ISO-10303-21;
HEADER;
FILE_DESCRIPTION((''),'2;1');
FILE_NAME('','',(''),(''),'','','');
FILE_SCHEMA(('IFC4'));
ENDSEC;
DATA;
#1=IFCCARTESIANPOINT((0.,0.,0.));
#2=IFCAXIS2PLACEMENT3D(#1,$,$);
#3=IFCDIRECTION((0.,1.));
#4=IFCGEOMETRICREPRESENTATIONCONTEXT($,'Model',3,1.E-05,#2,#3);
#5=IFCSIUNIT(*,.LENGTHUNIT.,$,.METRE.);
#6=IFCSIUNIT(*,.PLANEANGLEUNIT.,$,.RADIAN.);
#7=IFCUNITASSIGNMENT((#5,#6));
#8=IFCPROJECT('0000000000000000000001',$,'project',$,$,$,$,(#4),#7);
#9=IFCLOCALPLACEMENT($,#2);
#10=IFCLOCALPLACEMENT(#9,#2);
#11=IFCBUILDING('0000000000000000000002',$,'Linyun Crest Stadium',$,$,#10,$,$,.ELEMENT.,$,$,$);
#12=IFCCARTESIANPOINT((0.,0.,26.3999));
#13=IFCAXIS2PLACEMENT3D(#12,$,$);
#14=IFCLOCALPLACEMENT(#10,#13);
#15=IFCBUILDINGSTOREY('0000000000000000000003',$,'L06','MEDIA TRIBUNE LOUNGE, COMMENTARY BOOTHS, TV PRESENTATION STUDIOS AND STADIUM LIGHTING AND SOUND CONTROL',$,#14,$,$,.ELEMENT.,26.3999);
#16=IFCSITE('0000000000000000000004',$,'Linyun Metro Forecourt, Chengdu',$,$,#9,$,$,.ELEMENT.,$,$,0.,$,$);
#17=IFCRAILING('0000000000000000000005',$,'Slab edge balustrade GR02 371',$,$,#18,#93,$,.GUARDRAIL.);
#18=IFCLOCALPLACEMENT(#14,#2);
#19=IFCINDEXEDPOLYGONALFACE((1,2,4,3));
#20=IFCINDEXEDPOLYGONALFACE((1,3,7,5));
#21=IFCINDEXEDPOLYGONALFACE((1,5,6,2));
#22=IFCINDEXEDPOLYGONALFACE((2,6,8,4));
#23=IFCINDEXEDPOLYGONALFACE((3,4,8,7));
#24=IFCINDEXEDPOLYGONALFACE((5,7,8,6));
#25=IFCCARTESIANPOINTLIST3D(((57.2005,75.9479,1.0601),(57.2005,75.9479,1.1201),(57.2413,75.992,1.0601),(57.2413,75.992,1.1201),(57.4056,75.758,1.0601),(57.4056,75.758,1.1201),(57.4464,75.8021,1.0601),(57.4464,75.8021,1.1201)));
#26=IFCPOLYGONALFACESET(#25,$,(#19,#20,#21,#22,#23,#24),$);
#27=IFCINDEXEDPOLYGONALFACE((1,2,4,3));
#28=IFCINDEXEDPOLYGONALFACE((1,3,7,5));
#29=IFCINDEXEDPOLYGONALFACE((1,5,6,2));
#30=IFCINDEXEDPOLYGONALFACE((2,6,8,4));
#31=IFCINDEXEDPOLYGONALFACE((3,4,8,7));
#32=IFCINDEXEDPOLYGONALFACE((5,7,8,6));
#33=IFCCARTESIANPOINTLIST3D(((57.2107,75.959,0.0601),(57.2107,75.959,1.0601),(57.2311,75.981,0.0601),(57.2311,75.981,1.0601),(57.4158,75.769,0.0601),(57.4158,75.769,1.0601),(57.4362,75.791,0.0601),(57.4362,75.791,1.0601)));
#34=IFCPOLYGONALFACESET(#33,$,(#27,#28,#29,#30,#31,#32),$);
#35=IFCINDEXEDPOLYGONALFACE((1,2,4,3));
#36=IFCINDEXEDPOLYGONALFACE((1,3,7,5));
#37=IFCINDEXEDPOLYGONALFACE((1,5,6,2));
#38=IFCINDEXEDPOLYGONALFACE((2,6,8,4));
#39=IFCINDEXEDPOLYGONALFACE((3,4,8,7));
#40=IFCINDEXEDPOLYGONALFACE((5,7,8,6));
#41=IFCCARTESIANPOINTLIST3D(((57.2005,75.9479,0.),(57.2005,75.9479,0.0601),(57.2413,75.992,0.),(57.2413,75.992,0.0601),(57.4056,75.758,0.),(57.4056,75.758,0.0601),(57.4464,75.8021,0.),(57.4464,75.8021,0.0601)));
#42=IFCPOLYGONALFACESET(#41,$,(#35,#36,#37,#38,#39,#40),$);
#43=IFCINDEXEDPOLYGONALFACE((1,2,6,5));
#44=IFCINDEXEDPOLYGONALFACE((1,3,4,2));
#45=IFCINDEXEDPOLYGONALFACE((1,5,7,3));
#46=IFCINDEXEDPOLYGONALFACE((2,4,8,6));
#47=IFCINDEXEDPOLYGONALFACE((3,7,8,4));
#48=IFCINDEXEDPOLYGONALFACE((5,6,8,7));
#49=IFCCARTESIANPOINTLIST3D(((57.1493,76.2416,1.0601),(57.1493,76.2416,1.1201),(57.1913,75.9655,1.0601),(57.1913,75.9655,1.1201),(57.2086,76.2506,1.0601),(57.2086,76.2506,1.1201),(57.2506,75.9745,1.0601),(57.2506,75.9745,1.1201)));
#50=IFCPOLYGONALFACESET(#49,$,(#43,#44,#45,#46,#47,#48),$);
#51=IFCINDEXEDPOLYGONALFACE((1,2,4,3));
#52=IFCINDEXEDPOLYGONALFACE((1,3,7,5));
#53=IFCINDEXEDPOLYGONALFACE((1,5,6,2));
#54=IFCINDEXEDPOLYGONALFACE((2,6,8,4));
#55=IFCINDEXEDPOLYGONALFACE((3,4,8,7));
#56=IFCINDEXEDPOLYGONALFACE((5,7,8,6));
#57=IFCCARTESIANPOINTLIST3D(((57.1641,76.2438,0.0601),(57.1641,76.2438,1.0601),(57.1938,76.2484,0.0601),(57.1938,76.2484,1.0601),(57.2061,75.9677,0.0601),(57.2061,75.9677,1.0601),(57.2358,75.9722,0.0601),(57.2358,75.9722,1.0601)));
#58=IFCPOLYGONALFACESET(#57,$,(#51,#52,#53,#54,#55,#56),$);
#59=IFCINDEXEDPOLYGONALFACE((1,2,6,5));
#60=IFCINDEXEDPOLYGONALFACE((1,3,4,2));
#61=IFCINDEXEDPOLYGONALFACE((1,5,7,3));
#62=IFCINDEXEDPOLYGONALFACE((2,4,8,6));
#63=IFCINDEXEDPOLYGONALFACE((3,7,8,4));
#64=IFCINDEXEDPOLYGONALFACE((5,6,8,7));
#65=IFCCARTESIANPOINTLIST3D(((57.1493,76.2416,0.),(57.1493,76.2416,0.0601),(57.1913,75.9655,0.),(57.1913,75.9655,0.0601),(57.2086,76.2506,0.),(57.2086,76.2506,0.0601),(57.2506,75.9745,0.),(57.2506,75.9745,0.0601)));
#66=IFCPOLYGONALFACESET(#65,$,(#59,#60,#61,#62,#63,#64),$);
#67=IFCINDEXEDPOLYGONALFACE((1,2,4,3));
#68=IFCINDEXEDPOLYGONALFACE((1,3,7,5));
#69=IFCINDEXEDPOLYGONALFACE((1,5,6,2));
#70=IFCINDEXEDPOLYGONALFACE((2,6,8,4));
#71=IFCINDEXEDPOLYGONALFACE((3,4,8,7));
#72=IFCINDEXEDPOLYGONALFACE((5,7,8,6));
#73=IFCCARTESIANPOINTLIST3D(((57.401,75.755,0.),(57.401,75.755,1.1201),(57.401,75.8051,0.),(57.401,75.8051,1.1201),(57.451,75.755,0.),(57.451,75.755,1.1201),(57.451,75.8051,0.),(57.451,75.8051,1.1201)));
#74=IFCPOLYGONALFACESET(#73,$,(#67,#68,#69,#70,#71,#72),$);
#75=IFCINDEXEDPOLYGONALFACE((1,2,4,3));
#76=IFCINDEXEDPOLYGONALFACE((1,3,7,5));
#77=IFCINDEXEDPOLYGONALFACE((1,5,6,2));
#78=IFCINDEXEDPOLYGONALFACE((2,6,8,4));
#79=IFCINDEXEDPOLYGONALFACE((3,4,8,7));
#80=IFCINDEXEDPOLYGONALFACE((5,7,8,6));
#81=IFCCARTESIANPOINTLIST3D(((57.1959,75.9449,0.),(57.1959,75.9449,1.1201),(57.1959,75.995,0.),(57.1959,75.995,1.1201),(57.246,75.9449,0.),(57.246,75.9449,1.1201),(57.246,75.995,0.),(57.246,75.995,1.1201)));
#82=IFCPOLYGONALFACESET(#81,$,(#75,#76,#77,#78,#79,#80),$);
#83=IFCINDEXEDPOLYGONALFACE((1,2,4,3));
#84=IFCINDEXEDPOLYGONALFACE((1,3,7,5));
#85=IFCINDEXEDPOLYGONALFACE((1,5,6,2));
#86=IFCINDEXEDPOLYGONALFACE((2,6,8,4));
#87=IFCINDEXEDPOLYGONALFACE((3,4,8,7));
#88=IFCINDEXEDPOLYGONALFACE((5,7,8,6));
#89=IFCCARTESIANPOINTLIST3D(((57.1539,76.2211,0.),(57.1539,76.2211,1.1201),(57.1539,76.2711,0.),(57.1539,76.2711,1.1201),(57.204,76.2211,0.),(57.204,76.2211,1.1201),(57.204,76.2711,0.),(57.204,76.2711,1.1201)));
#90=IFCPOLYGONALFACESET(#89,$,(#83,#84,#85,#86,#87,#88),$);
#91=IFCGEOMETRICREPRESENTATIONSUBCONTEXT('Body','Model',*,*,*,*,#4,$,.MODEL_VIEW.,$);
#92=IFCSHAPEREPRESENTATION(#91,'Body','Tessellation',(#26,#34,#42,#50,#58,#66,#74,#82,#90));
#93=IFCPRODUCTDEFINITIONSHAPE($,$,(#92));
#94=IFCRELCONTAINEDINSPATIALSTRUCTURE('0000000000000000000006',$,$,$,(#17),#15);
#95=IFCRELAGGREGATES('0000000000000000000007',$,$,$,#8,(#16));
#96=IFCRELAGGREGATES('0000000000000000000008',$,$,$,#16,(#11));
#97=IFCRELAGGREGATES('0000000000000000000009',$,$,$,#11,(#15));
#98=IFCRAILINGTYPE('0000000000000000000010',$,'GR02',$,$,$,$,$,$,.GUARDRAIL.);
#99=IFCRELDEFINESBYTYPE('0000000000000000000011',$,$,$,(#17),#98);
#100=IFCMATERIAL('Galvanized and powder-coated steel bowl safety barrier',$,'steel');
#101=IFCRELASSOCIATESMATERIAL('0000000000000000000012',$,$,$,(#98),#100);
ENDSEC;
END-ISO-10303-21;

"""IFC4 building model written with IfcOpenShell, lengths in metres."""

from ifc_helpers import new_model, si_unit, direction, frame, origin, origin_2d, place, context, subcontext, project, spatial, rectangle, extrude, material, type_object, element, save


model = new_model("IFC4")

# Units and contexts
model_context = context("Model", 3, precision=1e-05, world=origin(), true_north=direction((0.0, 1.0)))
body_context = subcontext(model_context, "Body", "Model", "MODEL_VIEW")
ifc_project = project(units=[si_unit("LENGTHUNIT", "METRE"), si_unit("PLANEANGLEUNIT", "RADIAN")], contexts=[model_context])

# Site, building, storey
site_placement = place(None, origin())
site = spatial("IfcSite", under=ifc_project, at=site_placement, Name="Linyun Metro Forecourt, Chengdu", CompositionType="ELEMENT", RefElevation=0.0)
building_placement = place(site_placement, origin())
building = spatial("IfcBuilding", under=site, at=building_placement, Name="Linyun Crest Stadium", CompositionType="ELEMENT")
storey_placement = place(building_placement, frame((0.0, 0.0, 26.3999)))
storey = spatial("IfcBuildingStorey", under=building, at=storey_placement, Name="L06", Description="MEDIA TRIBUNE LOUNGE, COMMENTARY BOOTHS, TV PRESENTATION STUDIOS AND STADIUM LIGHTING AND SOUND CONTROL", CompositionType="ELEMENT", Elevation=26.3999)

# Railing
ifc_material_1 = material(Name="Galvanized and powder-coated steel bowl safety barrier", Category="steel")
railing_type = type_object("IfcRailingType", Name="GR02", PredefinedType="GUARDRAIL", material=ifc_material_1)
railing_placement = place(storey_placement, frame((57.426, 75.78, 0.0)))
element("IfcRailing", 1, at=railing_placement, inside=storey, type_object=railing_type, Name="Slab edge balustrade GR02 371", PredefinedType="GUARDRAIL", context=body_context, shape_type="SweptSolid", body=[
    extrude(rectangle(XDim=0.0601, YDim=0.0601, at=origin_2d()), frame((0.0, 0.0, 1.0901), z_axis=(-0.733664, 0.679513, 0.0), x_axis=(-0.679513, -0.733664, 0.0)), (0.0, 0.0, 1.0), 0.2795),
    extrude(rectangle(XDim=0.03, YDim=1.0, at=origin_2d()), frame((0.0, 0.0, 0.5601), z_axis=(-0.733664, 0.679513, 0.0), x_axis=(-0.679513, -0.733664, 0.0)), (0.0, 0.0, 1.0), 0.2795),
    extrude(rectangle(XDim=0.0601, YDim=0.0601, at=origin_2d()), frame((0.0, 0.0, 0.03), z_axis=(-0.733664, 0.679513, 0.0), x_axis=(-0.679513, -0.733664, 0.0)), (0.0, 0.0, 1.0), 0.2795),
    extrude(rectangle(XDim=0.0601, YDim=0.0601, at=origin_2d()), frame((-0.2051, 0.1899, 1.0901), z_axis=(-0.150349, 0.988633, 0.0), x_axis=(-0.988633, -0.150349, 0.0)), (0.0, 0.0, 1.0), 0.2793),
    extrude(rectangle(XDim=0.03, YDim=1.0, at=origin_2d()), frame((-0.2051, 0.1899, 0.5601), z_axis=(-0.150349, 0.988633, 0.0), x_axis=(-0.988633, -0.150349, 0.0)), (0.0, 0.0, 1.0), 0.2793),
    extrude(rectangle(XDim=0.0601, YDim=0.0601, at=origin_2d()), frame((-0.2051, 0.1899, 0.03), z_axis=(-0.150349, 0.988633, 0.0), x_axis=(-0.988633, -0.150349, 0.0)), (0.0, 0.0, 1.0), 0.2793),
    extrude(rectangle(XDim=0.05, YDim=0.05, at=origin_2d()), origin(), (0.0, 0.0, 1.0), 1.1201),
    extrude(rectangle(XDim=0.05, YDim=0.05, at=origin_2d()), frame((-0.2051, 0.1899, 0.0)), (0.0, 0.0, 1.0), 1.1201),
    extrude(rectangle(XDim=0.05, YDim=0.05, at=origin_2d()), frame((-0.2471, 0.4661, 0.0)), (0.0, 0.0, 1.0), 1.1201),
])

save(model, "model.ifc")
